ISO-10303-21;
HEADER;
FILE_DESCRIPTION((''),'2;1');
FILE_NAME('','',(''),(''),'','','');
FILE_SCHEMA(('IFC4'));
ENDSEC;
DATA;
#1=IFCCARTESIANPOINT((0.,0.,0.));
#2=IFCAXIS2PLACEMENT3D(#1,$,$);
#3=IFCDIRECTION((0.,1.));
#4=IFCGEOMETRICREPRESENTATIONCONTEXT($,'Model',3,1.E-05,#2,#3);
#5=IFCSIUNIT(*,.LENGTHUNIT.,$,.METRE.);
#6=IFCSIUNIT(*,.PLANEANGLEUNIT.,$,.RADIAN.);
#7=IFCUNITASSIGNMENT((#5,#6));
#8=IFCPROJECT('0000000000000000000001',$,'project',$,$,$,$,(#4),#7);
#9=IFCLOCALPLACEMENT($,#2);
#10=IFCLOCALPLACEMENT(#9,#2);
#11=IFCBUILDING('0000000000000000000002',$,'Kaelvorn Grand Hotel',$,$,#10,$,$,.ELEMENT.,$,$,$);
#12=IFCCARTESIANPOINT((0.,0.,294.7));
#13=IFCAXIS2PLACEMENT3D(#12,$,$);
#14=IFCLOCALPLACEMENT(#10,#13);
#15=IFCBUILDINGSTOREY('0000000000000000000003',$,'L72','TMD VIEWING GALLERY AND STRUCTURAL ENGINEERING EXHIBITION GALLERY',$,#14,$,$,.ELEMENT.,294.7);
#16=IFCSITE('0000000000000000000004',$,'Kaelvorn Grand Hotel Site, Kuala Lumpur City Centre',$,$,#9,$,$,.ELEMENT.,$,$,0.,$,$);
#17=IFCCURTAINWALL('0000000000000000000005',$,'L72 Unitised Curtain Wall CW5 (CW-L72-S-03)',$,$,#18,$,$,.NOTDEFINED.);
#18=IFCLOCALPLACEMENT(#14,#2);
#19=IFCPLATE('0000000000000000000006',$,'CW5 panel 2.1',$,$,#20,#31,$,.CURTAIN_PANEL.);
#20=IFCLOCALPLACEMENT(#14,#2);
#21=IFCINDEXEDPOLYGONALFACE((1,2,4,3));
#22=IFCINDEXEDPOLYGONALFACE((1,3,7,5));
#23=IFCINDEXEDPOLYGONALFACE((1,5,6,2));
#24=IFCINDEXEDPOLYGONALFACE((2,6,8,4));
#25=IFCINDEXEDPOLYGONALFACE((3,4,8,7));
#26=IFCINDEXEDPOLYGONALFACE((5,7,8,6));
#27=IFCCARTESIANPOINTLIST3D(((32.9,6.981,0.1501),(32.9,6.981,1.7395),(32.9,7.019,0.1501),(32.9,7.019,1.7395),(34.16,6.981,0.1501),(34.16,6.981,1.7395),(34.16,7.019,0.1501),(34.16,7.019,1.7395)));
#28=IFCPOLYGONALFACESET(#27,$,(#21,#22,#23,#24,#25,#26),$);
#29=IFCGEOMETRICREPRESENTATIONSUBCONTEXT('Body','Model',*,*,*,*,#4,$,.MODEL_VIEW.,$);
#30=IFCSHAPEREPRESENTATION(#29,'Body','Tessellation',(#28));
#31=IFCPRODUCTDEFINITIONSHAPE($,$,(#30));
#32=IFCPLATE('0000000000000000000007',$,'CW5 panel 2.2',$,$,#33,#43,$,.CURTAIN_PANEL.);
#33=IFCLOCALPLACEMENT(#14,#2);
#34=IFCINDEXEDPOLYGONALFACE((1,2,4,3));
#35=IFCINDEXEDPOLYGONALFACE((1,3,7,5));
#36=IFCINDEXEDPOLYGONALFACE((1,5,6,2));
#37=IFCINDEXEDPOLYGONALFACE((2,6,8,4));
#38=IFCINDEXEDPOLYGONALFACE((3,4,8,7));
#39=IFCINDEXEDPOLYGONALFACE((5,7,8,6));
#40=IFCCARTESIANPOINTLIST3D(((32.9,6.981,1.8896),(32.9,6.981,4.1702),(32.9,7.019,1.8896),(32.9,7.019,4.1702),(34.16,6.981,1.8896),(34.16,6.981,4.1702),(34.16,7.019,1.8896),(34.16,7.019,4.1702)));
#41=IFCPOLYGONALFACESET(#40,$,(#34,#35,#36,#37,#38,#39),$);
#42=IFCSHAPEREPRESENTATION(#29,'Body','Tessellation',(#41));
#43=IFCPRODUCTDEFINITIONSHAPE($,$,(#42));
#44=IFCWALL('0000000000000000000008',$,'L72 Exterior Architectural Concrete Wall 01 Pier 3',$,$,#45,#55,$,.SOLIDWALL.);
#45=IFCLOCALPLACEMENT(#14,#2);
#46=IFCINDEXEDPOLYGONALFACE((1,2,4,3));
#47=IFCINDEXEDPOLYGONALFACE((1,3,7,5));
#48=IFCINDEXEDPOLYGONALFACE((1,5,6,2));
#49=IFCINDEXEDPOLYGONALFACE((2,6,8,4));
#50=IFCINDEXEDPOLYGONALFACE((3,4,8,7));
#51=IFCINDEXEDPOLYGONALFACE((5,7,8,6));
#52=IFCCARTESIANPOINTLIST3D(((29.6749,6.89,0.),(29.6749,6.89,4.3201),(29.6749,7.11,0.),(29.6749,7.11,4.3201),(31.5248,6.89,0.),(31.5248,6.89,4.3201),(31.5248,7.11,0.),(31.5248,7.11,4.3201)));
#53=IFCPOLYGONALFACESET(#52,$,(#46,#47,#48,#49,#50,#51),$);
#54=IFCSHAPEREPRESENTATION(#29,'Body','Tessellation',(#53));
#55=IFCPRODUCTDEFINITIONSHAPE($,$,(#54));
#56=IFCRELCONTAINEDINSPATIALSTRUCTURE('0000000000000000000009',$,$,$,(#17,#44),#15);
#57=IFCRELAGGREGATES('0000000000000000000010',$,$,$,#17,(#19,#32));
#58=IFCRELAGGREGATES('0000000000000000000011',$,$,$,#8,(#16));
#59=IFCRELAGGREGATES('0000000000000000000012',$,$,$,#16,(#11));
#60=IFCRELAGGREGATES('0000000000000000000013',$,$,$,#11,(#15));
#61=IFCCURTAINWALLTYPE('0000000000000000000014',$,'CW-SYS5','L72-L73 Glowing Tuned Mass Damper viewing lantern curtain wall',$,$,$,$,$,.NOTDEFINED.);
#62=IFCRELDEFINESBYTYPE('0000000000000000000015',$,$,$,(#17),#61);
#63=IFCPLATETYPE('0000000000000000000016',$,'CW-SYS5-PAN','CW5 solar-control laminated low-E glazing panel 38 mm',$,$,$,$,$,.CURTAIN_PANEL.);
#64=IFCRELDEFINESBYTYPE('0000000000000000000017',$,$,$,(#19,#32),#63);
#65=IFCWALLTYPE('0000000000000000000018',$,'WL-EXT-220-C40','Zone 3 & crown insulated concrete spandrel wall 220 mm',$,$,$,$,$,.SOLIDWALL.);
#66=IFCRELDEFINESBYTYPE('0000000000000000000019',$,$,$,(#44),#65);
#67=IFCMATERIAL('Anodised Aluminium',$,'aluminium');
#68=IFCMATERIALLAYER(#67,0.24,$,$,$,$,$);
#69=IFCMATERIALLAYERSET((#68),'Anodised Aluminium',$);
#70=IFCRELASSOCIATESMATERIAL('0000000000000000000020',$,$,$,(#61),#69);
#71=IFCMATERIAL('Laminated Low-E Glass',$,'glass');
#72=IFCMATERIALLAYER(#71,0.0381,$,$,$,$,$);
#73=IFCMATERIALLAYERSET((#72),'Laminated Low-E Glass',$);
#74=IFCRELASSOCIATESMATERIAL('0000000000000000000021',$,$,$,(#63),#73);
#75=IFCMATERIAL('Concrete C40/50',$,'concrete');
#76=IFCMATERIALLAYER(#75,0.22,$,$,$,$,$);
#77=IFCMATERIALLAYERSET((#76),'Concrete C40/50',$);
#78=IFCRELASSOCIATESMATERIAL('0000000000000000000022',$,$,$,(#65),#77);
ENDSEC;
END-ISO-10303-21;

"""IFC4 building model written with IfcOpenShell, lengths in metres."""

from ifc_helpers import new_model, si_unit, direction, frame, frame_2d, origin, origin_2d, place, context, subcontext, project, spatial, rectangle, extrude, material, layer, layer_set, type_object, element, aggregate, save


model = new_model("IFC4")

# Units and contexts
model_context = context("Model", 3, precision=1e-05, world=origin(), true_north=direction((0.0, 1.0)))
body_context = subcontext(model_context, "Body", "Model", "MODEL_VIEW")
ifc_project = project(units=[si_unit("LENGTHUNIT", "METRE"), si_unit("PLANEANGLEUNIT", "RADIAN")], contexts=[model_context])

# Site, building, storey
site_placement = place(None, origin())
site = spatial("IfcSite", under=ifc_project, at=site_placement, Name="Kaelvorn Grand Hotel Site, Kuala Lumpur City Centre", CompositionType="ELEMENT", RefElevation=0.0)
building_placement = place(site_placement, origin())
building = spatial("IfcBuilding", under=site, at=building_placement, Name="Kaelvorn Grand Hotel", CompositionType="ELEMENT")
storey_placement = place(building_placement, frame((0.0, 0.0, 294.7)))
storey = spatial("IfcBuildingStorey", under=building, at=storey_placement, Name="L72", Description="TMD VIEWING GALLERY AND STRUCTURAL ENGINEERING EXHIBITION GALLERY", CompositionType="ELEMENT", Elevation=294.7)

# Shared definitions
ifc_material_1 = material(Name="Anodised Aluminium", Category="aluminium")
ifc_layer_1 = layer(ifc_material_1, 0.24)
ifc_layer_set_1 = layer_set([ifc_layer_1], Name="Anodised Aluminium")
curtain_wall_type = type_object("IfcCurtainWallType", Name="CW-SYS5", Description="L72-L73 Glowing Tuned Mass Damper viewing lantern curtain wall", PredefinedType="NOTDEFINED", material=ifc_layer_set_1)

# Curtain wall
curtain_wall_1_placement = place(storey_placement, origin())
curtain_wall_1 = element("IfcCurtainWall", 1, at=curtain_wall_1_placement, inside=storey, type_object=curtain_wall_type, Name="L72 Unitised Curtain Wall CW5 (CW-L72-S-03)", PredefinedType="NOTDEFINED")

# Plates
ifc_material_2 = material(Name="Laminated Low-E Glass", Category="glass")
ifc_layer_2 = layer(ifc_material_2, 0.0381)
ifc_layer_set_2 = layer_set([ifc_layer_2], Name="Laminated Low-E Glass")
plate_type = type_object("IfcPlateType", Name="CW-SYS5-PAN", Description="CW5 solar-control laminated low-E glazing panel 38 mm", PredefinedType="CURTAIN_PANEL", material=ifc_layer_set_2)
plate_1_placement = place(storey_placement, frame((33.53, 7.0, 0.1501), z_axis=(0.0, 0.0, 1.0), x_axis=(1.0, 0.0, 0.0)))
plate_1 = element("IfcPlate", 2, at=plate_1_placement, type_object=plate_type, Name="CW5 panel 2.1", PredefinedType="CURTAIN_PANEL", context=body_context, shape_type="SweptSolid", body=[
    extrude(rectangle(XDim=1.26, YDim=0.0381, at=origin_2d()), origin(), (0.0, 0.0, 1.0), 1.5894),
])
plate_2_placement = place(storey_placement, frame((33.53, 7.0, 1.8896), z_axis=(0.0, 0.0, 1.0), x_axis=(1.0, 0.0, 0.0)))
plate_2 = element("IfcPlate", 3, at=plate_2_placement, type_object=plate_type, Name="CW5 panel 2.2", PredefinedType="CURTAIN_PANEL", context=body_context, shape_type="SweptSolid", body=[
    extrude(rectangle(XDim=1.26, YDim=0.0381, at=origin_2d()), origin(), (0.0, 0.0, 1.0), 2.2805),
])
aggregate(curtain_wall_1, [plate_1, plate_2])

# Wall
ifc_material_3 = material(Name="Concrete C40/50", Category="concrete")
ifc_layer_3 = layer(ifc_material_3, 0.22)
ifc_layer_set_3 = layer_set([ifc_layer_3], Name="Concrete C40/50")
wall_type = type_object("IfcWallType", Name="WL-EXT-220-C40", Description="Zone 3 & crown insulated concrete spandrel wall 220 mm", PredefinedType="SOLIDWALL", material=ifc_layer_set_3)
wall_placement = place(storey_placement, frame((29.675, 7.0, 0.0), z_axis=(0.0, 0.0, 1.0), x_axis=(1.0, 0.0, 0.0)))
element("IfcWall", 4, at=wall_placement, inside=storey, type_object=wall_type, Name="L72 Exterior Architectural Concrete Wall 01 Pier 3", PredefinedType="SOLIDWALL", context=body_context, shape_type="SweptSolid", body=[
    extrude(rectangle(XDim=1.8499, YDim=0.22, at=frame_2d((0.9248, 0.0))), origin(), (0.0, 0.0, 1.0), 4.3201),
])

save(model, "model.ifc")
